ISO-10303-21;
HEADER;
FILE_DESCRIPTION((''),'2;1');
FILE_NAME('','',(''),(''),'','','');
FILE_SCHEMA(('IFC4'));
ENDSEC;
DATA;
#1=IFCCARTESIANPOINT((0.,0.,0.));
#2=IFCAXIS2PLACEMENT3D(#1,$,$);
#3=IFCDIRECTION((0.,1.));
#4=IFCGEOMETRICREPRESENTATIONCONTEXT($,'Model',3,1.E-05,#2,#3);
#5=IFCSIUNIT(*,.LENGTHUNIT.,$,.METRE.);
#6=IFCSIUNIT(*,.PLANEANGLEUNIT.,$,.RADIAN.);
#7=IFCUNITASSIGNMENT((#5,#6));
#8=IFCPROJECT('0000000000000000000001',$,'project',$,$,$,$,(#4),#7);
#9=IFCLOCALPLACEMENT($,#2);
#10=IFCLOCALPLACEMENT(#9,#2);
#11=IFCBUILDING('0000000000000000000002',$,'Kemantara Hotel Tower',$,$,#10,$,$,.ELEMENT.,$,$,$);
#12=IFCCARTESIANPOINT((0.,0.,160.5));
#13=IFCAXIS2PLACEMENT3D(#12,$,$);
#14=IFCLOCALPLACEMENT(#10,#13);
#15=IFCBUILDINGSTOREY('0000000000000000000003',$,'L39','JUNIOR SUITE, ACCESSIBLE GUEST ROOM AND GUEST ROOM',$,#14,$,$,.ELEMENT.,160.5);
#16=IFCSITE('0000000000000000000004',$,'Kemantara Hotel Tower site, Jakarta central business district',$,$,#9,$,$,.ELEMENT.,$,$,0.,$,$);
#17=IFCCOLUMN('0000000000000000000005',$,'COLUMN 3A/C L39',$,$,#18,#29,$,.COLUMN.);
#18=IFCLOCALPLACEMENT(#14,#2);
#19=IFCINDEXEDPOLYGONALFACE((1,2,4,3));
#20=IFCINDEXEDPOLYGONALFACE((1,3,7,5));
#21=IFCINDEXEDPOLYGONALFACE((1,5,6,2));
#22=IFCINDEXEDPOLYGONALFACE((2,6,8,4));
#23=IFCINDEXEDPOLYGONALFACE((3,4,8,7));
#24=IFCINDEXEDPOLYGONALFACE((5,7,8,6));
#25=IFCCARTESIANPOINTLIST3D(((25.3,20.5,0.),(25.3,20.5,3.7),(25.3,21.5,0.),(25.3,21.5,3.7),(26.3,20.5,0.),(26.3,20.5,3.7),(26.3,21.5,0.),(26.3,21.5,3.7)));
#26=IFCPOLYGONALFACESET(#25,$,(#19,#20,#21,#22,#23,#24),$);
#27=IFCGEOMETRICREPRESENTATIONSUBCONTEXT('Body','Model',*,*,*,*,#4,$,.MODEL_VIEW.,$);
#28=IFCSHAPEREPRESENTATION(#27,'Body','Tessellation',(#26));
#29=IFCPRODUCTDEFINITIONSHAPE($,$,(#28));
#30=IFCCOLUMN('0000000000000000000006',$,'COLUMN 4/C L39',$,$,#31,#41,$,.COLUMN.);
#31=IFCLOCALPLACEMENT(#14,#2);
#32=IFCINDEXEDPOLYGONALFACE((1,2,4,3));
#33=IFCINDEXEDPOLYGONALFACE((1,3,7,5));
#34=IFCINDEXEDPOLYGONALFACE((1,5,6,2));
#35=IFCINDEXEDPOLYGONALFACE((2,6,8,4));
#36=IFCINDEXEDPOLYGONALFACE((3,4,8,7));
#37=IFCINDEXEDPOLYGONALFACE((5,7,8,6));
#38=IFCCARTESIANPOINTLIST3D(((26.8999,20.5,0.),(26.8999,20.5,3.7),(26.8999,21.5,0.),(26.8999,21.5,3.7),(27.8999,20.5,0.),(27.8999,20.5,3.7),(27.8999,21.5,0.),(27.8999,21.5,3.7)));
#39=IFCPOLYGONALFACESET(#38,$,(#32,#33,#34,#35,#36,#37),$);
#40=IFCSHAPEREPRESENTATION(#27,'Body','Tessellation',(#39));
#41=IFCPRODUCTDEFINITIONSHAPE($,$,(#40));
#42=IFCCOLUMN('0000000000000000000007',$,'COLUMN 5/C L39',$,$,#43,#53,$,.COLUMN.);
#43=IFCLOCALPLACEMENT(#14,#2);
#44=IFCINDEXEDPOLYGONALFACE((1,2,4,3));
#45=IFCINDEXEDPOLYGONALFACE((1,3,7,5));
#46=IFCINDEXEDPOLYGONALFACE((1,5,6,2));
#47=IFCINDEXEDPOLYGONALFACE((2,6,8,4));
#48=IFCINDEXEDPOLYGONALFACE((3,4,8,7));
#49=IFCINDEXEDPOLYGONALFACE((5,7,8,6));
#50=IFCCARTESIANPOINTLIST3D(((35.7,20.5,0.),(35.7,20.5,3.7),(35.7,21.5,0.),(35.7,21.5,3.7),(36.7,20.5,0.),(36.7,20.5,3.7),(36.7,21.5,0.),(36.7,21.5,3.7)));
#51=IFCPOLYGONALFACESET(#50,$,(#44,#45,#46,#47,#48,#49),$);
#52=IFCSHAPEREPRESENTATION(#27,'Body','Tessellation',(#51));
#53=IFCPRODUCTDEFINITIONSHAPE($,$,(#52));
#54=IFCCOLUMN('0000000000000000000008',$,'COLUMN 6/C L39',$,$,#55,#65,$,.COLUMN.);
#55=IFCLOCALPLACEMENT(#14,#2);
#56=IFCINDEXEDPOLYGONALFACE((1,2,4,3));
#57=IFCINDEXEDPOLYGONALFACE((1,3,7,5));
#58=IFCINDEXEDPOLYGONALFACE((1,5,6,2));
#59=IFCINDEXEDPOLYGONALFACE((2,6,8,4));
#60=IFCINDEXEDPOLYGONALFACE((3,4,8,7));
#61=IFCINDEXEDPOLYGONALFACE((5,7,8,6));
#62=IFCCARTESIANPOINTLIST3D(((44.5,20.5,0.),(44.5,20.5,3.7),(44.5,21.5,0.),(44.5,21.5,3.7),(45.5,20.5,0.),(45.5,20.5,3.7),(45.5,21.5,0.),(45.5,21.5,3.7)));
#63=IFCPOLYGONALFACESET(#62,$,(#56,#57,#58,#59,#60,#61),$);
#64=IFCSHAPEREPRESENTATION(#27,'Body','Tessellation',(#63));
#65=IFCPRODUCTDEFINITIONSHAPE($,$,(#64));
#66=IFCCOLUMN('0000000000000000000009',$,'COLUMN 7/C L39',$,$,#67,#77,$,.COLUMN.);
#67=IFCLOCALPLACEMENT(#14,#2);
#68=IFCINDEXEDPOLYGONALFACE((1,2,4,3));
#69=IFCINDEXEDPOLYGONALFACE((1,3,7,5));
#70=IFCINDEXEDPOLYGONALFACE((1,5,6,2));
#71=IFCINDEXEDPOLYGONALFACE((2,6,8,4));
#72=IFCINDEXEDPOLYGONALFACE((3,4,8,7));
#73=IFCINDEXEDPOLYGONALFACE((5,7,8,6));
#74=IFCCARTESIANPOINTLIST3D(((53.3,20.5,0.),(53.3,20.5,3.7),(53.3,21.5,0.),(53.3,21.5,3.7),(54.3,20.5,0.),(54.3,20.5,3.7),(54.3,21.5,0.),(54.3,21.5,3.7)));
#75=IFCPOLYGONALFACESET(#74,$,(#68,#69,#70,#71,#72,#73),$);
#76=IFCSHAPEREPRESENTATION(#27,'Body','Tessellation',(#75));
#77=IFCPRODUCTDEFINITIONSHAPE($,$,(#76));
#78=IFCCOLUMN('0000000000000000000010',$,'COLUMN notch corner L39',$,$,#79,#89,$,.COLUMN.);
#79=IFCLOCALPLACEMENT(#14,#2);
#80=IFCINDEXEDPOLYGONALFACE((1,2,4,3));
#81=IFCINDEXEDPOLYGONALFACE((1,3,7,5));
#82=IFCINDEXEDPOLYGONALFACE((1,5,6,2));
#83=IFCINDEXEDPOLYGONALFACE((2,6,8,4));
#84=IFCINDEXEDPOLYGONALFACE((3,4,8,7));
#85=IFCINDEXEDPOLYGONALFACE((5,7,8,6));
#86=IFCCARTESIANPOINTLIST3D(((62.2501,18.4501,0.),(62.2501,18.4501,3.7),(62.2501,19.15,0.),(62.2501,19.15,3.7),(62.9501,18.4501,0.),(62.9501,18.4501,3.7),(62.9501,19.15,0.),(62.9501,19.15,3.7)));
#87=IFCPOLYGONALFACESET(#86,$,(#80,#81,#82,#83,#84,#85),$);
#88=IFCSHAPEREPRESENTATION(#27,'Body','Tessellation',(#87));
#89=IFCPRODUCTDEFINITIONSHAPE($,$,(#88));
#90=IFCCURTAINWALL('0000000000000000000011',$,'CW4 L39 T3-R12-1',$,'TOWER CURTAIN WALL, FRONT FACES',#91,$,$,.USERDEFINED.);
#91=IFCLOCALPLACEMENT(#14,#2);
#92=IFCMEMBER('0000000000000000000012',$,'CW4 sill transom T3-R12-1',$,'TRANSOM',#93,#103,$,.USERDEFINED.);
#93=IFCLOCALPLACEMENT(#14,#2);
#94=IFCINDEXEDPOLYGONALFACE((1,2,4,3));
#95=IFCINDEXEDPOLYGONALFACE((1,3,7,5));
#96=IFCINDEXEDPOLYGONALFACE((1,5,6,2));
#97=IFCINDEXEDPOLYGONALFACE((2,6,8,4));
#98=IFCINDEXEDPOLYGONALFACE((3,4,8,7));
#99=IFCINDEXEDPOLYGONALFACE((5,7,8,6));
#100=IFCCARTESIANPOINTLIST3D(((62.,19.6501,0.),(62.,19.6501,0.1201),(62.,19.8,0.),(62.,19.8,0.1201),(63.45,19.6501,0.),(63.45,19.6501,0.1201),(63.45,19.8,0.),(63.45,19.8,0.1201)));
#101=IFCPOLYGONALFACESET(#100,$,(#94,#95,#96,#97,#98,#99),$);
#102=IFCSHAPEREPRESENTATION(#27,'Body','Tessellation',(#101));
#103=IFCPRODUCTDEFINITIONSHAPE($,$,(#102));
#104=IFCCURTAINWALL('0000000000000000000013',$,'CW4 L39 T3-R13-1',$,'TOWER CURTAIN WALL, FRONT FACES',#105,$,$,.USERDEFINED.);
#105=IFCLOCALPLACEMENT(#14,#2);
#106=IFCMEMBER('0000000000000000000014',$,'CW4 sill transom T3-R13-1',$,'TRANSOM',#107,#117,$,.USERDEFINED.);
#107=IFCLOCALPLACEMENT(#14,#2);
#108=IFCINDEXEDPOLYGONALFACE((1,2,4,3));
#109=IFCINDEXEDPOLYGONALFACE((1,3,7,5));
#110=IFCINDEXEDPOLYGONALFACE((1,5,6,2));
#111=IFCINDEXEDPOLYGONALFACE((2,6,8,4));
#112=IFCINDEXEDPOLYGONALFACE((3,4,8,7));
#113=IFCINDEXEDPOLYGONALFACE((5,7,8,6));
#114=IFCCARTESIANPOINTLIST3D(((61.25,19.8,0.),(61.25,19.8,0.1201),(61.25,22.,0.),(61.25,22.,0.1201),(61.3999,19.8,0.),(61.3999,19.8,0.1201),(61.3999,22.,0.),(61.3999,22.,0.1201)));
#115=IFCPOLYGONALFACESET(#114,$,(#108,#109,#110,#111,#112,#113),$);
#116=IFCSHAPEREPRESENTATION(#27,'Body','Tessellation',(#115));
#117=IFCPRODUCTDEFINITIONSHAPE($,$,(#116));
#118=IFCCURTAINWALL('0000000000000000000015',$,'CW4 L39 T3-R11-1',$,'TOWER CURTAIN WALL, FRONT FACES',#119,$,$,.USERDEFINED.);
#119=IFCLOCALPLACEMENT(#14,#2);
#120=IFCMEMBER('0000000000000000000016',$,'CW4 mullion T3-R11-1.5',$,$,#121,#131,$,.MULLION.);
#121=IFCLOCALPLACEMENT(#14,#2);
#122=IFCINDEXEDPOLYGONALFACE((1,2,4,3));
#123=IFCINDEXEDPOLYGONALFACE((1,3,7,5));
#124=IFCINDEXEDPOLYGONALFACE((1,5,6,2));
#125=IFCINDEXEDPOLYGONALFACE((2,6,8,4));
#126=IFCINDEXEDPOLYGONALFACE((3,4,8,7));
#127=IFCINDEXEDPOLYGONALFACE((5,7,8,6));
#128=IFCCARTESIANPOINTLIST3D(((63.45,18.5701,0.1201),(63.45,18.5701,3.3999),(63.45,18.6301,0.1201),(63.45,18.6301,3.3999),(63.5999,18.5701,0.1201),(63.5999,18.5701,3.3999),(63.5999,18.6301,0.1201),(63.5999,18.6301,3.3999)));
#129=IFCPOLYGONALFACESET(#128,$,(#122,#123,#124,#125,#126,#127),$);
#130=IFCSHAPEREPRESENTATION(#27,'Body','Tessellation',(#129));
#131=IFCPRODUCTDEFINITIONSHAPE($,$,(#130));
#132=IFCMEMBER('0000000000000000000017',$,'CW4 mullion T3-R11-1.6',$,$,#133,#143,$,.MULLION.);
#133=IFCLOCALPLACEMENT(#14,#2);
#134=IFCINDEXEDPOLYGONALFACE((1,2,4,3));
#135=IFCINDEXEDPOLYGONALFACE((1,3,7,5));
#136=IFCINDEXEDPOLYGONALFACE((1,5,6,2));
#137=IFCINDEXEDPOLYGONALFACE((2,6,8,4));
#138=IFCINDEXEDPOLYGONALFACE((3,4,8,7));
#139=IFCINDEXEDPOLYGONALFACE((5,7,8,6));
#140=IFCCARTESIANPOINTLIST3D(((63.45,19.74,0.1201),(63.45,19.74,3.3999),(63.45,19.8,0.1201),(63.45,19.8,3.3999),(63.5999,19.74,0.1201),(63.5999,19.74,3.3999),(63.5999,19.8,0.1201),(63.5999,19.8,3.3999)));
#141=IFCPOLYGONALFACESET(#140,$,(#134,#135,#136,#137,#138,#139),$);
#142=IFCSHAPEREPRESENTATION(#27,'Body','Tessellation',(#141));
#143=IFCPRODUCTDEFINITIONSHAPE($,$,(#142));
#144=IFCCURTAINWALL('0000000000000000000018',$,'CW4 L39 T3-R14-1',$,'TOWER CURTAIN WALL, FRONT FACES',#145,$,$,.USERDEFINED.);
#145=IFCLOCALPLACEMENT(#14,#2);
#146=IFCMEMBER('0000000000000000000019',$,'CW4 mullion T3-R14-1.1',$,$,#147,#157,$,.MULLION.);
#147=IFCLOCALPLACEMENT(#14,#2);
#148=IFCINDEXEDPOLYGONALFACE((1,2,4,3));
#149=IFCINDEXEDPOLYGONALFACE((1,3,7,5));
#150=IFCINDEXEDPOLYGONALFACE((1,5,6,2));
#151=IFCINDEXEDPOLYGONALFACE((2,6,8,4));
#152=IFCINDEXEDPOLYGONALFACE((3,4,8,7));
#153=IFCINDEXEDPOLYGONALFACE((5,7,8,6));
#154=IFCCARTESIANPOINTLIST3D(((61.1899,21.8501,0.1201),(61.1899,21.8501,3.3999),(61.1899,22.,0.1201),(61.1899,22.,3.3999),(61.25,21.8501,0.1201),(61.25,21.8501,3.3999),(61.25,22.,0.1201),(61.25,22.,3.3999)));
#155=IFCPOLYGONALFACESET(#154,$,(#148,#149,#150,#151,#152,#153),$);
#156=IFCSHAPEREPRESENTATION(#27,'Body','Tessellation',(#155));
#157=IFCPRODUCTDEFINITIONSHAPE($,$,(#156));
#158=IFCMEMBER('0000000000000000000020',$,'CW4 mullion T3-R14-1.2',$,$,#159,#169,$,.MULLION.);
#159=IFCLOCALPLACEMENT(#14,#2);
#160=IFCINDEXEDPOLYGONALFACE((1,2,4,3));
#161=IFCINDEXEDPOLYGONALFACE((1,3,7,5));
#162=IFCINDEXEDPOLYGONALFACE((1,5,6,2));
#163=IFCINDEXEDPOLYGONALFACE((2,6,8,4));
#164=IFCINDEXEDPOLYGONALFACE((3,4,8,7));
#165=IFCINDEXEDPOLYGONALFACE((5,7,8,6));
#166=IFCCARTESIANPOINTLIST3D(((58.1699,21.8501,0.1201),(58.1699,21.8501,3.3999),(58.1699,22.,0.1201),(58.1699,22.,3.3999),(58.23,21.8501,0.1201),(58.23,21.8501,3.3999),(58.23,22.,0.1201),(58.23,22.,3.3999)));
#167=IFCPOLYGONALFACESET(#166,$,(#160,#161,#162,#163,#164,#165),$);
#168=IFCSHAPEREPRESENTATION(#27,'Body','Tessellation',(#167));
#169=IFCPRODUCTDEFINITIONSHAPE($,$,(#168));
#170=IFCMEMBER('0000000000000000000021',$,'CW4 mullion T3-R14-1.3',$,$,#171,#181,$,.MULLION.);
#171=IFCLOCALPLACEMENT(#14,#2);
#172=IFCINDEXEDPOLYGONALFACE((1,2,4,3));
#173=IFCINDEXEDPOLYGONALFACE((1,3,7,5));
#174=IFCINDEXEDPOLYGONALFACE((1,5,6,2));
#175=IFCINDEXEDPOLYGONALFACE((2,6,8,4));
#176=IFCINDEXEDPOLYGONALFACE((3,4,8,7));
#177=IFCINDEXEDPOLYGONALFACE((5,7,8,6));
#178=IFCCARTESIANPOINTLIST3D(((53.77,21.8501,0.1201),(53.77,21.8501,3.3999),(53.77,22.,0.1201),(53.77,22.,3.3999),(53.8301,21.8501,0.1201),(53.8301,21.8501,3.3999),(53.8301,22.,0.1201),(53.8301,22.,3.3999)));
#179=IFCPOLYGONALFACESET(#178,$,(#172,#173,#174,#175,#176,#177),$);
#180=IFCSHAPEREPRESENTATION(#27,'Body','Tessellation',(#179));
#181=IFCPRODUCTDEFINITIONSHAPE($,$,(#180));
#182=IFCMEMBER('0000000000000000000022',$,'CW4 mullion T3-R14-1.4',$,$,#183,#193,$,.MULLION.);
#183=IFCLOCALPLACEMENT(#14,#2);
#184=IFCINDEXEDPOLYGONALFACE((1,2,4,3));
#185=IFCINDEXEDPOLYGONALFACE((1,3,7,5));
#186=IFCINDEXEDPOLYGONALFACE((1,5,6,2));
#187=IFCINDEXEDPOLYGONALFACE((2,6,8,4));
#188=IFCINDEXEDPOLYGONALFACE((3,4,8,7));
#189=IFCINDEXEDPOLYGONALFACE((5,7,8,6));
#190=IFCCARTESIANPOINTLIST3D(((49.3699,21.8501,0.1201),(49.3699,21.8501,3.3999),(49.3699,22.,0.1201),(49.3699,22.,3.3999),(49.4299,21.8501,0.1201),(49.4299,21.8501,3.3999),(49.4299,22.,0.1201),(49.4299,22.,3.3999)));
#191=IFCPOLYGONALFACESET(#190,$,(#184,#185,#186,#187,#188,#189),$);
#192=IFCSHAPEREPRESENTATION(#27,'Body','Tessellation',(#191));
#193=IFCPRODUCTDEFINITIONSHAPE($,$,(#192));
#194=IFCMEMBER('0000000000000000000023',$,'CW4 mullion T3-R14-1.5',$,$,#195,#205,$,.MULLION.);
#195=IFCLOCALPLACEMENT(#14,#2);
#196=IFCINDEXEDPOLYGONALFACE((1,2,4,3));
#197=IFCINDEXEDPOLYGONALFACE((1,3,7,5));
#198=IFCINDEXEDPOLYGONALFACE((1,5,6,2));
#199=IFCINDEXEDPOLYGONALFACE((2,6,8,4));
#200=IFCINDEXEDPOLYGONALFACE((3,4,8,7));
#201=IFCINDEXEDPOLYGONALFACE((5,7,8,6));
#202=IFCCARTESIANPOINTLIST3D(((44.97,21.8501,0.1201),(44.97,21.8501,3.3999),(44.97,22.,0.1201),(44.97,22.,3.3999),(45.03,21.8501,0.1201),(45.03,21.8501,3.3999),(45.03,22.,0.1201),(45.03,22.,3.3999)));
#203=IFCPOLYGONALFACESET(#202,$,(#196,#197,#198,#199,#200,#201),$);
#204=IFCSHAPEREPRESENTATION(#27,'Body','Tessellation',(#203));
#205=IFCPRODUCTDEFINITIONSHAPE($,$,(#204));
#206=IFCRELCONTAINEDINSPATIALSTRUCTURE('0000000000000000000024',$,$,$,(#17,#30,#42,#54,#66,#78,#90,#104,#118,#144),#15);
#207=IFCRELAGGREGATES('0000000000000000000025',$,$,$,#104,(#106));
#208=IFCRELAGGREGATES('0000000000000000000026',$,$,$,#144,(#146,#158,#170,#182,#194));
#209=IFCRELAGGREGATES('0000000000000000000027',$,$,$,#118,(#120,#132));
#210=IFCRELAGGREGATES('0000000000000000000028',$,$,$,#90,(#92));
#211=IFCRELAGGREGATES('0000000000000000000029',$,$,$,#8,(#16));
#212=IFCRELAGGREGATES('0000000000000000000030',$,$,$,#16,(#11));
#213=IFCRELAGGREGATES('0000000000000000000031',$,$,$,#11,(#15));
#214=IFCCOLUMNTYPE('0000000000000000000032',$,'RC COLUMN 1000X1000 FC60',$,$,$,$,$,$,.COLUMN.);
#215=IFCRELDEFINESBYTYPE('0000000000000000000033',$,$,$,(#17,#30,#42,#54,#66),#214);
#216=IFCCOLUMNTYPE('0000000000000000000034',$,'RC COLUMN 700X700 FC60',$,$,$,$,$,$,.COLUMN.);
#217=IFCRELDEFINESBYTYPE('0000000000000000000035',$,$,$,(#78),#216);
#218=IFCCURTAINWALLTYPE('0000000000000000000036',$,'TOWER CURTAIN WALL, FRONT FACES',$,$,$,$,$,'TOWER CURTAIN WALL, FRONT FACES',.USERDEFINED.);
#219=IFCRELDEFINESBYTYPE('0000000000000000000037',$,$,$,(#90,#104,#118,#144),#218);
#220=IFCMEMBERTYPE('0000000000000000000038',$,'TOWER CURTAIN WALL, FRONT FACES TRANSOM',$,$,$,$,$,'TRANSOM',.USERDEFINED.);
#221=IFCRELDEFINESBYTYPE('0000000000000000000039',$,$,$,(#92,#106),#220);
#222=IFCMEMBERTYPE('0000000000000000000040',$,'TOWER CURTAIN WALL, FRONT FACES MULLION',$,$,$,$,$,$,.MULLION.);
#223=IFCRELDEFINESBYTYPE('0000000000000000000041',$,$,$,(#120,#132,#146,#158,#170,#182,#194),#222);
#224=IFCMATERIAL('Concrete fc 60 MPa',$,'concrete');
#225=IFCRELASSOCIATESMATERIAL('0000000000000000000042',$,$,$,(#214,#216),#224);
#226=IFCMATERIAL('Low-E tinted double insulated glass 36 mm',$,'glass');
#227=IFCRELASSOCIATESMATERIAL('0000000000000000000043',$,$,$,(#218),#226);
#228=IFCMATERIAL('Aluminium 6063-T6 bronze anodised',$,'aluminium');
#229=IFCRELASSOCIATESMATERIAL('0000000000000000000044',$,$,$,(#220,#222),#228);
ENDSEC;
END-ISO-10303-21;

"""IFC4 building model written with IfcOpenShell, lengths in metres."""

from ifc_helpers import new_model, si_unit, direction, frame, origin, origin_2d, place, context, subcontext, project, spatial, rectangle, extrude, source, transform, mapped, material, material_profile, profile_set, type_object, element, aggregate, save


model = new_model("IFC4")

# Units and contexts
model_context = context("Model", 3, precision=1e-05, world=origin(), true_north=direction((0.0, 1.0)))
body_context = subcontext(model_context, "Body", "Model", "MODEL_VIEW")
ifc_project = project(units=[si_unit("LENGTHUNIT", "METRE"), si_unit("PLANEANGLEUNIT", "RADIAN")], contexts=[model_context])

# Site, building, storey
site_placement = place(None, origin())
site = spatial("IfcSite", under=ifc_project, at=site_placement, Name="Kemantara Hotel Tower site, Jakarta central business district", CompositionType="ELEMENT", RefElevation=0.0)
building_placement = place(site_placement, origin())
building = spatial("IfcBuilding", under=site, at=building_placement, Name="Kemantara Hotel Tower", CompositionType="ELEMENT")
storey_placement = place(building_placement, frame((0.0, 0.0, 160.5)))
storey = spatial("IfcBuildingStorey", under=building, at=storey_placement, Name="L39", Description="JUNIOR SUITE, ACCESSIBLE GUEST ROOM AND GUEST ROOM", CompositionType="ELEMENT", Elevation=160.5)

# Columns
ifc_material_1 = material(Name="Concrete fc 60 MPa", Category="concrete")
ifc_material_profile_1 = material_profile(ifc_material_1, rectangle(XDim=1.0, YDim=1.0, at=origin_2d()), Name="RC 1000X1000")
ifc_profile_set_1 = profile_set([ifc_material_profile_1], Name="Concrete fc 60 MPa")
column_type_1 = type_object("IfcColumnType", Name="RC COLUMN 1000X1000 FC60", PredefinedType="COLUMN", material=ifc_profile_set_1)
for number, where, z_axis, x_axis, name in (
    (1, (25.8, 21.0, 0.0), (0.0, 0.0, 1.0), (1.0, 0.0, 0.0), "COLUMN 3A/C L39"),
    (2, (27.3999, 21.0, 0.0), (0.0, 0.0, 1.0), (1.0, 0.0, 0.0), "COLUMN 4/C L39"),
    (3, (36.2, 21.0, 0.0), (0.0, 0.0, 1.0), (1.0, 0.0, 0.0), "COLUMN 5/C L39"),
    (4, (45.0, 21.0, 0.0), (0.0, 0.0, 1.0), (1.0, 0.0, 0.0), "COLUMN 6/C L39"),
    (5, (53.8, 21.0, 0.0), (0.0, 0.0, 1.0), (1.0, 0.0, 0.0), "COLUMN 7/C L39"),
):
    element("IfcColumn", number, at=place(storey_placement, frame(where, z_axis=z_axis, x_axis=x_axis)), inside=storey, type_object=column_type_1, Name=name, PredefinedType="COLUMN", context=body_context, shape_type="SweptSolid", body=[
        extrude(rectangle(XDim=1.0, YDim=1.0, at=origin_2d()), origin(), (0.0, 0.0, 1.0), 3.7),
    ])
ifc_material_profile_2 = material_profile(ifc_material_1, rectangle(XDim=0.7, YDim=0.7, at=origin_2d()), Name="RC 700X700")
ifc_profile_set_2 = profile_set([ifc_material_profile_2], Name="Concrete fc 60 MPa")
column_type_2 = type_object("IfcColumnType", Name="RC COLUMN 700X700 FC60", PredefinedType="COLUMN", material=ifc_profile_set_2)
column_placement = place(storey_placement, frame((62.6001, 18.8, 0.0), z_axis=(0.0, 0.0, 1.0), x_axis=(1.0, 0.0, 0.0)))
element("IfcColumn", 6, at=column_placement, inside=storey, type_object=column_type_2, Name="COLUMN notch corner L39", PredefinedType="COLUMN", context=body_context, shape_type="SweptSolid", body=[
    extrude(rectangle(XDim=0.7, YDim=0.7, at=origin_2d()), origin(), (0.0, 0.0, 1.0), 3.7),
])

# Curtain walls, members
ifc_material_2 = material(Name="Low-E tinted double insulated glass 36 mm", Category="glass")
curtain_wall_type = type_object("IfcCurtainWallType", Name="TOWER CURTAIN WALL, FRONT FACES", ElementType="TOWER CURTAIN WALL, FRONT FACES", PredefinedType="USERDEFINED", material=ifc_material_2)
curtain_wall_1_placement = place(storey_placement, origin())
curtain_wall_1 = element("IfcCurtainWall", 7, at=curtain_wall_1_placement, inside=storey, type_object=curtain_wall_type, Name="CW4 L39 T3-R12-1", ObjectType="TOWER CURTAIN WALL, FRONT FACES", PredefinedType="USERDEFINED")
ifc_material_3 = material(Name="Aluminium 6063-T6 bronze anodised", Category="aluminium")
ifc_material_profile_3 = material_profile(ifc_material_3, rectangle(XDim=0.1499, YDim=0.1201, at=origin_2d()), Name="TOWER CURTAIN WALL, FRONT FACES TRANSOM")
ifc_profile_set_3 = profile_set([ifc_material_profile_3], Name="Aluminium 6063-T6 bronze anodised")
member_type_1 = type_object("IfcMemberType", Name="TOWER CURTAIN WALL, FRONT FACES TRANSOM", ElementType="TRANSOM", PredefinedType="USERDEFINED", material=ifc_profile_set_3)
member_1_placement = place(storey_placement, frame((63.45, 19.7251, 0.0601), z_axis=(-1.0, 0.0, 0.0), x_axis=(0.0, -1.0, 0.0)))
member_1 = element("IfcMember", 8, at=member_1_placement, type_object=member_type_1, Name="CW4 sill transom T3-R12-1", ObjectType="TRANSOM", PredefinedType="USERDEFINED", context=body_context, shape_type="SweptSolid", body=[
    extrude(rectangle(XDim=0.1499, YDim=0.1201, at=origin_2d()), origin(), (0.0, 0.0, 1.0), 1.45),
])
curtain_wall_2_placement = place(storey_placement, origin())
curtain_wall_2 = element("IfcCurtainWall", 9, at=curtain_wall_2_placement, inside=storey, type_object=curtain_wall_type, Name="CW4 L39 T3-R13-1", ObjectType="TOWER CURTAIN WALL, FRONT FACES", PredefinedType="USERDEFINED")
member_2_placement = place(storey_placement, frame((61.325, 19.8, 0.0601), z_axis=(0.0, 1.0, 0.0), x_axis=(-1.0, 0.0, 0.0)))
member_2 = element("IfcMember", 10, at=member_2_placement, type_object=member_type_1, Name="CW4 sill transom T3-R13-1", ObjectType="TRANSOM", PredefinedType="USERDEFINED", context=body_context, shape_type="SweptSolid", body=[
    extrude(rectangle(XDim=0.1499, YDim=0.1201, at=origin_2d()), origin(), (0.0, 0.0, 1.0), 2.2),
])

# Curtain walls, members
curtain_wall_3_placement = place(storey_placement, origin())
curtain_wall_3 = element("IfcCurtainWall", 11, at=curtain_wall_3_placement, inside=storey, type_object=curtain_wall_type, Name="CW4 L39 T3-R11-1", ObjectType="TOWER CURTAIN WALL, FRONT FACES", PredefinedType="USERDEFINED")
ifc_material_profile_4 = material_profile(ifc_material_3, rectangle(XDim=0.1499, YDim=0.0601, at=origin_2d()), Name="TOWER CURTAIN WALL, FRONT FACES MULLION")
ifc_profile_set_4 = profile_set([ifc_material_profile_4], Name="Aluminium 6063-T6 bronze anodised")
member_type_2 = type_object("IfcMemberType", Name="TOWER CURTAIN WALL, FRONT FACES MULLION", PredefinedType="MULLION", material=ifc_profile_set_4)
shared_shape_1 = source(origin(), body_context, "Body", "SweptSolid", [
    extrude(rectangle(XDim=0.1499, YDim=0.0601, at=origin_2d()), origin(), (0.0, 0.0, 1.0), 3.2798),
])
member_3_placement = place(storey_placement, frame((63.5249, 18.6001, 0.1201), z_axis=(0.0, 0.0, 1.0), x_axis=(-1.0, 0.0, 0.0)))
member_3 = element("IfcMember", 12, at=member_3_placement, type_object=member_type_2, Name="CW4 mullion T3-R11-1.5", PredefinedType="MULLION", context=body_context, shape_type="MappedRepresentation", body=[
    mapped(shared_shape_1, transform((0.0, 0.0, 0.0))),
])
member_4_placement = place(storey_placement, frame((63.5249, 19.77, 0.1201), z_axis=(0.0, 0.0, 1.0), x_axis=(-1.0, 0.0, 0.0)))
member_4 = element("IfcMember", 13, at=member_4_placement, type_object=member_type_2, Name="CW4 mullion T3-R11-1.6", PredefinedType="MULLION", context=body_context, shape_type="MappedRepresentation", body=[
    mapped(shared_shape_1, transform((0.0, 0.0, 0.0))),
])
curtain_wall_4_placement = place(storey_placement, origin())
curtain_wall_4 = element("IfcCurtainWall", 14, at=curtain_wall_4_placement, inside=storey, type_object=curtain_wall_type, Name="CW4 L39 T3-R14-1", ObjectType="TOWER CURTAIN WALL, FRONT FACES", PredefinedType="USERDEFINED")
member_5_placement = place(storey_placement, frame((61.22, 21.925, 0.1201), z_axis=(0.0, 0.0, 1.0), x_axis=(0.0, -1.0, 0.0)))
member_5 = element("IfcMember", 15, at=member_5_placement, type_object=member_type_2, Name="CW4 mullion T3-R14-1.1", PredefinedType="MULLION", context=body_context, shape_type="MappedRepresentation", body=[
    mapped(shared_shape_1, transform((0.0, 0.0, 0.0))),
])
member_6_placement = place(storey_placement, frame((58.2, 21.925, 0.1201), z_axis=(0.0, 0.0, 1.0), x_axis=(0.0, -1.0, 0.0)))
member_6 = element("IfcMember", 16, at=member_6_placement, type_object=member_type_2, Name="CW4 mullion T3-R14-1.2", PredefinedType="MULLION", context=body_context, shape_type="MappedRepresentation", body=[
    mapped(shared_shape_1, transform((0.0, 0.0, 0.0))),
])
member_7_placement = place(storey_placement, frame((53.8, 21.925, 0.1201), z_axis=(0.0, 0.0, 1.0), x_axis=(0.0, -1.0, 0.0)))
member_7 = element("IfcMember", 17, at=member_7_placement, type_object=member_type_2, Name="CW4 mullion T3-R14-1.3", PredefinedType="MULLION", context=body_context, shape_type="MappedRepresentation", body=[
    mapped(shared_shape_1, transform((0.0, 0.0, 0.0))),
])
member_8_placement = place(storey_placement, frame((49.3999, 21.925, 0.1201), z_axis=(0.0, 0.0, 1.0), x_axis=(0.0, -1.0, 0.0)))
member_8 = element("IfcMember", 18, at=member_8_placement, type_object=member_type_2, Name="CW4 mullion T3-R14-1.4", PredefinedType="MULLION", context=body_context, shape_type="MappedRepresentation", body=[
    mapped(shared_shape_1, transform((0.0, 0.0, 0.0))),
])
member_9_placement = place(storey_placement, frame((45.0, 21.925, 0.1201), z_axis=(0.0, 0.0, 1.0), x_axis=(0.0, -1.0, 0.0)))
member_9 = element("IfcMember", 19, at=member_9_placement, type_object=member_type_2, Name="CW4 mullion T3-R14-1.5", PredefinedType="MULLION", context=body_context, shape_type="MappedRepresentation", body=[
    mapped(shared_shape_1, transform((0.0, 0.0, 0.0))),
])

aggregate(curtain_wall_2, [member_2])
aggregate(curtain_wall_4, [member_5, member_6, member_7, member_8, member_9])
aggregate(curtain_wall_3, [member_3, member_4])
aggregate(curtain_wall_1, [member_1])

save(model, "model.ifc")
